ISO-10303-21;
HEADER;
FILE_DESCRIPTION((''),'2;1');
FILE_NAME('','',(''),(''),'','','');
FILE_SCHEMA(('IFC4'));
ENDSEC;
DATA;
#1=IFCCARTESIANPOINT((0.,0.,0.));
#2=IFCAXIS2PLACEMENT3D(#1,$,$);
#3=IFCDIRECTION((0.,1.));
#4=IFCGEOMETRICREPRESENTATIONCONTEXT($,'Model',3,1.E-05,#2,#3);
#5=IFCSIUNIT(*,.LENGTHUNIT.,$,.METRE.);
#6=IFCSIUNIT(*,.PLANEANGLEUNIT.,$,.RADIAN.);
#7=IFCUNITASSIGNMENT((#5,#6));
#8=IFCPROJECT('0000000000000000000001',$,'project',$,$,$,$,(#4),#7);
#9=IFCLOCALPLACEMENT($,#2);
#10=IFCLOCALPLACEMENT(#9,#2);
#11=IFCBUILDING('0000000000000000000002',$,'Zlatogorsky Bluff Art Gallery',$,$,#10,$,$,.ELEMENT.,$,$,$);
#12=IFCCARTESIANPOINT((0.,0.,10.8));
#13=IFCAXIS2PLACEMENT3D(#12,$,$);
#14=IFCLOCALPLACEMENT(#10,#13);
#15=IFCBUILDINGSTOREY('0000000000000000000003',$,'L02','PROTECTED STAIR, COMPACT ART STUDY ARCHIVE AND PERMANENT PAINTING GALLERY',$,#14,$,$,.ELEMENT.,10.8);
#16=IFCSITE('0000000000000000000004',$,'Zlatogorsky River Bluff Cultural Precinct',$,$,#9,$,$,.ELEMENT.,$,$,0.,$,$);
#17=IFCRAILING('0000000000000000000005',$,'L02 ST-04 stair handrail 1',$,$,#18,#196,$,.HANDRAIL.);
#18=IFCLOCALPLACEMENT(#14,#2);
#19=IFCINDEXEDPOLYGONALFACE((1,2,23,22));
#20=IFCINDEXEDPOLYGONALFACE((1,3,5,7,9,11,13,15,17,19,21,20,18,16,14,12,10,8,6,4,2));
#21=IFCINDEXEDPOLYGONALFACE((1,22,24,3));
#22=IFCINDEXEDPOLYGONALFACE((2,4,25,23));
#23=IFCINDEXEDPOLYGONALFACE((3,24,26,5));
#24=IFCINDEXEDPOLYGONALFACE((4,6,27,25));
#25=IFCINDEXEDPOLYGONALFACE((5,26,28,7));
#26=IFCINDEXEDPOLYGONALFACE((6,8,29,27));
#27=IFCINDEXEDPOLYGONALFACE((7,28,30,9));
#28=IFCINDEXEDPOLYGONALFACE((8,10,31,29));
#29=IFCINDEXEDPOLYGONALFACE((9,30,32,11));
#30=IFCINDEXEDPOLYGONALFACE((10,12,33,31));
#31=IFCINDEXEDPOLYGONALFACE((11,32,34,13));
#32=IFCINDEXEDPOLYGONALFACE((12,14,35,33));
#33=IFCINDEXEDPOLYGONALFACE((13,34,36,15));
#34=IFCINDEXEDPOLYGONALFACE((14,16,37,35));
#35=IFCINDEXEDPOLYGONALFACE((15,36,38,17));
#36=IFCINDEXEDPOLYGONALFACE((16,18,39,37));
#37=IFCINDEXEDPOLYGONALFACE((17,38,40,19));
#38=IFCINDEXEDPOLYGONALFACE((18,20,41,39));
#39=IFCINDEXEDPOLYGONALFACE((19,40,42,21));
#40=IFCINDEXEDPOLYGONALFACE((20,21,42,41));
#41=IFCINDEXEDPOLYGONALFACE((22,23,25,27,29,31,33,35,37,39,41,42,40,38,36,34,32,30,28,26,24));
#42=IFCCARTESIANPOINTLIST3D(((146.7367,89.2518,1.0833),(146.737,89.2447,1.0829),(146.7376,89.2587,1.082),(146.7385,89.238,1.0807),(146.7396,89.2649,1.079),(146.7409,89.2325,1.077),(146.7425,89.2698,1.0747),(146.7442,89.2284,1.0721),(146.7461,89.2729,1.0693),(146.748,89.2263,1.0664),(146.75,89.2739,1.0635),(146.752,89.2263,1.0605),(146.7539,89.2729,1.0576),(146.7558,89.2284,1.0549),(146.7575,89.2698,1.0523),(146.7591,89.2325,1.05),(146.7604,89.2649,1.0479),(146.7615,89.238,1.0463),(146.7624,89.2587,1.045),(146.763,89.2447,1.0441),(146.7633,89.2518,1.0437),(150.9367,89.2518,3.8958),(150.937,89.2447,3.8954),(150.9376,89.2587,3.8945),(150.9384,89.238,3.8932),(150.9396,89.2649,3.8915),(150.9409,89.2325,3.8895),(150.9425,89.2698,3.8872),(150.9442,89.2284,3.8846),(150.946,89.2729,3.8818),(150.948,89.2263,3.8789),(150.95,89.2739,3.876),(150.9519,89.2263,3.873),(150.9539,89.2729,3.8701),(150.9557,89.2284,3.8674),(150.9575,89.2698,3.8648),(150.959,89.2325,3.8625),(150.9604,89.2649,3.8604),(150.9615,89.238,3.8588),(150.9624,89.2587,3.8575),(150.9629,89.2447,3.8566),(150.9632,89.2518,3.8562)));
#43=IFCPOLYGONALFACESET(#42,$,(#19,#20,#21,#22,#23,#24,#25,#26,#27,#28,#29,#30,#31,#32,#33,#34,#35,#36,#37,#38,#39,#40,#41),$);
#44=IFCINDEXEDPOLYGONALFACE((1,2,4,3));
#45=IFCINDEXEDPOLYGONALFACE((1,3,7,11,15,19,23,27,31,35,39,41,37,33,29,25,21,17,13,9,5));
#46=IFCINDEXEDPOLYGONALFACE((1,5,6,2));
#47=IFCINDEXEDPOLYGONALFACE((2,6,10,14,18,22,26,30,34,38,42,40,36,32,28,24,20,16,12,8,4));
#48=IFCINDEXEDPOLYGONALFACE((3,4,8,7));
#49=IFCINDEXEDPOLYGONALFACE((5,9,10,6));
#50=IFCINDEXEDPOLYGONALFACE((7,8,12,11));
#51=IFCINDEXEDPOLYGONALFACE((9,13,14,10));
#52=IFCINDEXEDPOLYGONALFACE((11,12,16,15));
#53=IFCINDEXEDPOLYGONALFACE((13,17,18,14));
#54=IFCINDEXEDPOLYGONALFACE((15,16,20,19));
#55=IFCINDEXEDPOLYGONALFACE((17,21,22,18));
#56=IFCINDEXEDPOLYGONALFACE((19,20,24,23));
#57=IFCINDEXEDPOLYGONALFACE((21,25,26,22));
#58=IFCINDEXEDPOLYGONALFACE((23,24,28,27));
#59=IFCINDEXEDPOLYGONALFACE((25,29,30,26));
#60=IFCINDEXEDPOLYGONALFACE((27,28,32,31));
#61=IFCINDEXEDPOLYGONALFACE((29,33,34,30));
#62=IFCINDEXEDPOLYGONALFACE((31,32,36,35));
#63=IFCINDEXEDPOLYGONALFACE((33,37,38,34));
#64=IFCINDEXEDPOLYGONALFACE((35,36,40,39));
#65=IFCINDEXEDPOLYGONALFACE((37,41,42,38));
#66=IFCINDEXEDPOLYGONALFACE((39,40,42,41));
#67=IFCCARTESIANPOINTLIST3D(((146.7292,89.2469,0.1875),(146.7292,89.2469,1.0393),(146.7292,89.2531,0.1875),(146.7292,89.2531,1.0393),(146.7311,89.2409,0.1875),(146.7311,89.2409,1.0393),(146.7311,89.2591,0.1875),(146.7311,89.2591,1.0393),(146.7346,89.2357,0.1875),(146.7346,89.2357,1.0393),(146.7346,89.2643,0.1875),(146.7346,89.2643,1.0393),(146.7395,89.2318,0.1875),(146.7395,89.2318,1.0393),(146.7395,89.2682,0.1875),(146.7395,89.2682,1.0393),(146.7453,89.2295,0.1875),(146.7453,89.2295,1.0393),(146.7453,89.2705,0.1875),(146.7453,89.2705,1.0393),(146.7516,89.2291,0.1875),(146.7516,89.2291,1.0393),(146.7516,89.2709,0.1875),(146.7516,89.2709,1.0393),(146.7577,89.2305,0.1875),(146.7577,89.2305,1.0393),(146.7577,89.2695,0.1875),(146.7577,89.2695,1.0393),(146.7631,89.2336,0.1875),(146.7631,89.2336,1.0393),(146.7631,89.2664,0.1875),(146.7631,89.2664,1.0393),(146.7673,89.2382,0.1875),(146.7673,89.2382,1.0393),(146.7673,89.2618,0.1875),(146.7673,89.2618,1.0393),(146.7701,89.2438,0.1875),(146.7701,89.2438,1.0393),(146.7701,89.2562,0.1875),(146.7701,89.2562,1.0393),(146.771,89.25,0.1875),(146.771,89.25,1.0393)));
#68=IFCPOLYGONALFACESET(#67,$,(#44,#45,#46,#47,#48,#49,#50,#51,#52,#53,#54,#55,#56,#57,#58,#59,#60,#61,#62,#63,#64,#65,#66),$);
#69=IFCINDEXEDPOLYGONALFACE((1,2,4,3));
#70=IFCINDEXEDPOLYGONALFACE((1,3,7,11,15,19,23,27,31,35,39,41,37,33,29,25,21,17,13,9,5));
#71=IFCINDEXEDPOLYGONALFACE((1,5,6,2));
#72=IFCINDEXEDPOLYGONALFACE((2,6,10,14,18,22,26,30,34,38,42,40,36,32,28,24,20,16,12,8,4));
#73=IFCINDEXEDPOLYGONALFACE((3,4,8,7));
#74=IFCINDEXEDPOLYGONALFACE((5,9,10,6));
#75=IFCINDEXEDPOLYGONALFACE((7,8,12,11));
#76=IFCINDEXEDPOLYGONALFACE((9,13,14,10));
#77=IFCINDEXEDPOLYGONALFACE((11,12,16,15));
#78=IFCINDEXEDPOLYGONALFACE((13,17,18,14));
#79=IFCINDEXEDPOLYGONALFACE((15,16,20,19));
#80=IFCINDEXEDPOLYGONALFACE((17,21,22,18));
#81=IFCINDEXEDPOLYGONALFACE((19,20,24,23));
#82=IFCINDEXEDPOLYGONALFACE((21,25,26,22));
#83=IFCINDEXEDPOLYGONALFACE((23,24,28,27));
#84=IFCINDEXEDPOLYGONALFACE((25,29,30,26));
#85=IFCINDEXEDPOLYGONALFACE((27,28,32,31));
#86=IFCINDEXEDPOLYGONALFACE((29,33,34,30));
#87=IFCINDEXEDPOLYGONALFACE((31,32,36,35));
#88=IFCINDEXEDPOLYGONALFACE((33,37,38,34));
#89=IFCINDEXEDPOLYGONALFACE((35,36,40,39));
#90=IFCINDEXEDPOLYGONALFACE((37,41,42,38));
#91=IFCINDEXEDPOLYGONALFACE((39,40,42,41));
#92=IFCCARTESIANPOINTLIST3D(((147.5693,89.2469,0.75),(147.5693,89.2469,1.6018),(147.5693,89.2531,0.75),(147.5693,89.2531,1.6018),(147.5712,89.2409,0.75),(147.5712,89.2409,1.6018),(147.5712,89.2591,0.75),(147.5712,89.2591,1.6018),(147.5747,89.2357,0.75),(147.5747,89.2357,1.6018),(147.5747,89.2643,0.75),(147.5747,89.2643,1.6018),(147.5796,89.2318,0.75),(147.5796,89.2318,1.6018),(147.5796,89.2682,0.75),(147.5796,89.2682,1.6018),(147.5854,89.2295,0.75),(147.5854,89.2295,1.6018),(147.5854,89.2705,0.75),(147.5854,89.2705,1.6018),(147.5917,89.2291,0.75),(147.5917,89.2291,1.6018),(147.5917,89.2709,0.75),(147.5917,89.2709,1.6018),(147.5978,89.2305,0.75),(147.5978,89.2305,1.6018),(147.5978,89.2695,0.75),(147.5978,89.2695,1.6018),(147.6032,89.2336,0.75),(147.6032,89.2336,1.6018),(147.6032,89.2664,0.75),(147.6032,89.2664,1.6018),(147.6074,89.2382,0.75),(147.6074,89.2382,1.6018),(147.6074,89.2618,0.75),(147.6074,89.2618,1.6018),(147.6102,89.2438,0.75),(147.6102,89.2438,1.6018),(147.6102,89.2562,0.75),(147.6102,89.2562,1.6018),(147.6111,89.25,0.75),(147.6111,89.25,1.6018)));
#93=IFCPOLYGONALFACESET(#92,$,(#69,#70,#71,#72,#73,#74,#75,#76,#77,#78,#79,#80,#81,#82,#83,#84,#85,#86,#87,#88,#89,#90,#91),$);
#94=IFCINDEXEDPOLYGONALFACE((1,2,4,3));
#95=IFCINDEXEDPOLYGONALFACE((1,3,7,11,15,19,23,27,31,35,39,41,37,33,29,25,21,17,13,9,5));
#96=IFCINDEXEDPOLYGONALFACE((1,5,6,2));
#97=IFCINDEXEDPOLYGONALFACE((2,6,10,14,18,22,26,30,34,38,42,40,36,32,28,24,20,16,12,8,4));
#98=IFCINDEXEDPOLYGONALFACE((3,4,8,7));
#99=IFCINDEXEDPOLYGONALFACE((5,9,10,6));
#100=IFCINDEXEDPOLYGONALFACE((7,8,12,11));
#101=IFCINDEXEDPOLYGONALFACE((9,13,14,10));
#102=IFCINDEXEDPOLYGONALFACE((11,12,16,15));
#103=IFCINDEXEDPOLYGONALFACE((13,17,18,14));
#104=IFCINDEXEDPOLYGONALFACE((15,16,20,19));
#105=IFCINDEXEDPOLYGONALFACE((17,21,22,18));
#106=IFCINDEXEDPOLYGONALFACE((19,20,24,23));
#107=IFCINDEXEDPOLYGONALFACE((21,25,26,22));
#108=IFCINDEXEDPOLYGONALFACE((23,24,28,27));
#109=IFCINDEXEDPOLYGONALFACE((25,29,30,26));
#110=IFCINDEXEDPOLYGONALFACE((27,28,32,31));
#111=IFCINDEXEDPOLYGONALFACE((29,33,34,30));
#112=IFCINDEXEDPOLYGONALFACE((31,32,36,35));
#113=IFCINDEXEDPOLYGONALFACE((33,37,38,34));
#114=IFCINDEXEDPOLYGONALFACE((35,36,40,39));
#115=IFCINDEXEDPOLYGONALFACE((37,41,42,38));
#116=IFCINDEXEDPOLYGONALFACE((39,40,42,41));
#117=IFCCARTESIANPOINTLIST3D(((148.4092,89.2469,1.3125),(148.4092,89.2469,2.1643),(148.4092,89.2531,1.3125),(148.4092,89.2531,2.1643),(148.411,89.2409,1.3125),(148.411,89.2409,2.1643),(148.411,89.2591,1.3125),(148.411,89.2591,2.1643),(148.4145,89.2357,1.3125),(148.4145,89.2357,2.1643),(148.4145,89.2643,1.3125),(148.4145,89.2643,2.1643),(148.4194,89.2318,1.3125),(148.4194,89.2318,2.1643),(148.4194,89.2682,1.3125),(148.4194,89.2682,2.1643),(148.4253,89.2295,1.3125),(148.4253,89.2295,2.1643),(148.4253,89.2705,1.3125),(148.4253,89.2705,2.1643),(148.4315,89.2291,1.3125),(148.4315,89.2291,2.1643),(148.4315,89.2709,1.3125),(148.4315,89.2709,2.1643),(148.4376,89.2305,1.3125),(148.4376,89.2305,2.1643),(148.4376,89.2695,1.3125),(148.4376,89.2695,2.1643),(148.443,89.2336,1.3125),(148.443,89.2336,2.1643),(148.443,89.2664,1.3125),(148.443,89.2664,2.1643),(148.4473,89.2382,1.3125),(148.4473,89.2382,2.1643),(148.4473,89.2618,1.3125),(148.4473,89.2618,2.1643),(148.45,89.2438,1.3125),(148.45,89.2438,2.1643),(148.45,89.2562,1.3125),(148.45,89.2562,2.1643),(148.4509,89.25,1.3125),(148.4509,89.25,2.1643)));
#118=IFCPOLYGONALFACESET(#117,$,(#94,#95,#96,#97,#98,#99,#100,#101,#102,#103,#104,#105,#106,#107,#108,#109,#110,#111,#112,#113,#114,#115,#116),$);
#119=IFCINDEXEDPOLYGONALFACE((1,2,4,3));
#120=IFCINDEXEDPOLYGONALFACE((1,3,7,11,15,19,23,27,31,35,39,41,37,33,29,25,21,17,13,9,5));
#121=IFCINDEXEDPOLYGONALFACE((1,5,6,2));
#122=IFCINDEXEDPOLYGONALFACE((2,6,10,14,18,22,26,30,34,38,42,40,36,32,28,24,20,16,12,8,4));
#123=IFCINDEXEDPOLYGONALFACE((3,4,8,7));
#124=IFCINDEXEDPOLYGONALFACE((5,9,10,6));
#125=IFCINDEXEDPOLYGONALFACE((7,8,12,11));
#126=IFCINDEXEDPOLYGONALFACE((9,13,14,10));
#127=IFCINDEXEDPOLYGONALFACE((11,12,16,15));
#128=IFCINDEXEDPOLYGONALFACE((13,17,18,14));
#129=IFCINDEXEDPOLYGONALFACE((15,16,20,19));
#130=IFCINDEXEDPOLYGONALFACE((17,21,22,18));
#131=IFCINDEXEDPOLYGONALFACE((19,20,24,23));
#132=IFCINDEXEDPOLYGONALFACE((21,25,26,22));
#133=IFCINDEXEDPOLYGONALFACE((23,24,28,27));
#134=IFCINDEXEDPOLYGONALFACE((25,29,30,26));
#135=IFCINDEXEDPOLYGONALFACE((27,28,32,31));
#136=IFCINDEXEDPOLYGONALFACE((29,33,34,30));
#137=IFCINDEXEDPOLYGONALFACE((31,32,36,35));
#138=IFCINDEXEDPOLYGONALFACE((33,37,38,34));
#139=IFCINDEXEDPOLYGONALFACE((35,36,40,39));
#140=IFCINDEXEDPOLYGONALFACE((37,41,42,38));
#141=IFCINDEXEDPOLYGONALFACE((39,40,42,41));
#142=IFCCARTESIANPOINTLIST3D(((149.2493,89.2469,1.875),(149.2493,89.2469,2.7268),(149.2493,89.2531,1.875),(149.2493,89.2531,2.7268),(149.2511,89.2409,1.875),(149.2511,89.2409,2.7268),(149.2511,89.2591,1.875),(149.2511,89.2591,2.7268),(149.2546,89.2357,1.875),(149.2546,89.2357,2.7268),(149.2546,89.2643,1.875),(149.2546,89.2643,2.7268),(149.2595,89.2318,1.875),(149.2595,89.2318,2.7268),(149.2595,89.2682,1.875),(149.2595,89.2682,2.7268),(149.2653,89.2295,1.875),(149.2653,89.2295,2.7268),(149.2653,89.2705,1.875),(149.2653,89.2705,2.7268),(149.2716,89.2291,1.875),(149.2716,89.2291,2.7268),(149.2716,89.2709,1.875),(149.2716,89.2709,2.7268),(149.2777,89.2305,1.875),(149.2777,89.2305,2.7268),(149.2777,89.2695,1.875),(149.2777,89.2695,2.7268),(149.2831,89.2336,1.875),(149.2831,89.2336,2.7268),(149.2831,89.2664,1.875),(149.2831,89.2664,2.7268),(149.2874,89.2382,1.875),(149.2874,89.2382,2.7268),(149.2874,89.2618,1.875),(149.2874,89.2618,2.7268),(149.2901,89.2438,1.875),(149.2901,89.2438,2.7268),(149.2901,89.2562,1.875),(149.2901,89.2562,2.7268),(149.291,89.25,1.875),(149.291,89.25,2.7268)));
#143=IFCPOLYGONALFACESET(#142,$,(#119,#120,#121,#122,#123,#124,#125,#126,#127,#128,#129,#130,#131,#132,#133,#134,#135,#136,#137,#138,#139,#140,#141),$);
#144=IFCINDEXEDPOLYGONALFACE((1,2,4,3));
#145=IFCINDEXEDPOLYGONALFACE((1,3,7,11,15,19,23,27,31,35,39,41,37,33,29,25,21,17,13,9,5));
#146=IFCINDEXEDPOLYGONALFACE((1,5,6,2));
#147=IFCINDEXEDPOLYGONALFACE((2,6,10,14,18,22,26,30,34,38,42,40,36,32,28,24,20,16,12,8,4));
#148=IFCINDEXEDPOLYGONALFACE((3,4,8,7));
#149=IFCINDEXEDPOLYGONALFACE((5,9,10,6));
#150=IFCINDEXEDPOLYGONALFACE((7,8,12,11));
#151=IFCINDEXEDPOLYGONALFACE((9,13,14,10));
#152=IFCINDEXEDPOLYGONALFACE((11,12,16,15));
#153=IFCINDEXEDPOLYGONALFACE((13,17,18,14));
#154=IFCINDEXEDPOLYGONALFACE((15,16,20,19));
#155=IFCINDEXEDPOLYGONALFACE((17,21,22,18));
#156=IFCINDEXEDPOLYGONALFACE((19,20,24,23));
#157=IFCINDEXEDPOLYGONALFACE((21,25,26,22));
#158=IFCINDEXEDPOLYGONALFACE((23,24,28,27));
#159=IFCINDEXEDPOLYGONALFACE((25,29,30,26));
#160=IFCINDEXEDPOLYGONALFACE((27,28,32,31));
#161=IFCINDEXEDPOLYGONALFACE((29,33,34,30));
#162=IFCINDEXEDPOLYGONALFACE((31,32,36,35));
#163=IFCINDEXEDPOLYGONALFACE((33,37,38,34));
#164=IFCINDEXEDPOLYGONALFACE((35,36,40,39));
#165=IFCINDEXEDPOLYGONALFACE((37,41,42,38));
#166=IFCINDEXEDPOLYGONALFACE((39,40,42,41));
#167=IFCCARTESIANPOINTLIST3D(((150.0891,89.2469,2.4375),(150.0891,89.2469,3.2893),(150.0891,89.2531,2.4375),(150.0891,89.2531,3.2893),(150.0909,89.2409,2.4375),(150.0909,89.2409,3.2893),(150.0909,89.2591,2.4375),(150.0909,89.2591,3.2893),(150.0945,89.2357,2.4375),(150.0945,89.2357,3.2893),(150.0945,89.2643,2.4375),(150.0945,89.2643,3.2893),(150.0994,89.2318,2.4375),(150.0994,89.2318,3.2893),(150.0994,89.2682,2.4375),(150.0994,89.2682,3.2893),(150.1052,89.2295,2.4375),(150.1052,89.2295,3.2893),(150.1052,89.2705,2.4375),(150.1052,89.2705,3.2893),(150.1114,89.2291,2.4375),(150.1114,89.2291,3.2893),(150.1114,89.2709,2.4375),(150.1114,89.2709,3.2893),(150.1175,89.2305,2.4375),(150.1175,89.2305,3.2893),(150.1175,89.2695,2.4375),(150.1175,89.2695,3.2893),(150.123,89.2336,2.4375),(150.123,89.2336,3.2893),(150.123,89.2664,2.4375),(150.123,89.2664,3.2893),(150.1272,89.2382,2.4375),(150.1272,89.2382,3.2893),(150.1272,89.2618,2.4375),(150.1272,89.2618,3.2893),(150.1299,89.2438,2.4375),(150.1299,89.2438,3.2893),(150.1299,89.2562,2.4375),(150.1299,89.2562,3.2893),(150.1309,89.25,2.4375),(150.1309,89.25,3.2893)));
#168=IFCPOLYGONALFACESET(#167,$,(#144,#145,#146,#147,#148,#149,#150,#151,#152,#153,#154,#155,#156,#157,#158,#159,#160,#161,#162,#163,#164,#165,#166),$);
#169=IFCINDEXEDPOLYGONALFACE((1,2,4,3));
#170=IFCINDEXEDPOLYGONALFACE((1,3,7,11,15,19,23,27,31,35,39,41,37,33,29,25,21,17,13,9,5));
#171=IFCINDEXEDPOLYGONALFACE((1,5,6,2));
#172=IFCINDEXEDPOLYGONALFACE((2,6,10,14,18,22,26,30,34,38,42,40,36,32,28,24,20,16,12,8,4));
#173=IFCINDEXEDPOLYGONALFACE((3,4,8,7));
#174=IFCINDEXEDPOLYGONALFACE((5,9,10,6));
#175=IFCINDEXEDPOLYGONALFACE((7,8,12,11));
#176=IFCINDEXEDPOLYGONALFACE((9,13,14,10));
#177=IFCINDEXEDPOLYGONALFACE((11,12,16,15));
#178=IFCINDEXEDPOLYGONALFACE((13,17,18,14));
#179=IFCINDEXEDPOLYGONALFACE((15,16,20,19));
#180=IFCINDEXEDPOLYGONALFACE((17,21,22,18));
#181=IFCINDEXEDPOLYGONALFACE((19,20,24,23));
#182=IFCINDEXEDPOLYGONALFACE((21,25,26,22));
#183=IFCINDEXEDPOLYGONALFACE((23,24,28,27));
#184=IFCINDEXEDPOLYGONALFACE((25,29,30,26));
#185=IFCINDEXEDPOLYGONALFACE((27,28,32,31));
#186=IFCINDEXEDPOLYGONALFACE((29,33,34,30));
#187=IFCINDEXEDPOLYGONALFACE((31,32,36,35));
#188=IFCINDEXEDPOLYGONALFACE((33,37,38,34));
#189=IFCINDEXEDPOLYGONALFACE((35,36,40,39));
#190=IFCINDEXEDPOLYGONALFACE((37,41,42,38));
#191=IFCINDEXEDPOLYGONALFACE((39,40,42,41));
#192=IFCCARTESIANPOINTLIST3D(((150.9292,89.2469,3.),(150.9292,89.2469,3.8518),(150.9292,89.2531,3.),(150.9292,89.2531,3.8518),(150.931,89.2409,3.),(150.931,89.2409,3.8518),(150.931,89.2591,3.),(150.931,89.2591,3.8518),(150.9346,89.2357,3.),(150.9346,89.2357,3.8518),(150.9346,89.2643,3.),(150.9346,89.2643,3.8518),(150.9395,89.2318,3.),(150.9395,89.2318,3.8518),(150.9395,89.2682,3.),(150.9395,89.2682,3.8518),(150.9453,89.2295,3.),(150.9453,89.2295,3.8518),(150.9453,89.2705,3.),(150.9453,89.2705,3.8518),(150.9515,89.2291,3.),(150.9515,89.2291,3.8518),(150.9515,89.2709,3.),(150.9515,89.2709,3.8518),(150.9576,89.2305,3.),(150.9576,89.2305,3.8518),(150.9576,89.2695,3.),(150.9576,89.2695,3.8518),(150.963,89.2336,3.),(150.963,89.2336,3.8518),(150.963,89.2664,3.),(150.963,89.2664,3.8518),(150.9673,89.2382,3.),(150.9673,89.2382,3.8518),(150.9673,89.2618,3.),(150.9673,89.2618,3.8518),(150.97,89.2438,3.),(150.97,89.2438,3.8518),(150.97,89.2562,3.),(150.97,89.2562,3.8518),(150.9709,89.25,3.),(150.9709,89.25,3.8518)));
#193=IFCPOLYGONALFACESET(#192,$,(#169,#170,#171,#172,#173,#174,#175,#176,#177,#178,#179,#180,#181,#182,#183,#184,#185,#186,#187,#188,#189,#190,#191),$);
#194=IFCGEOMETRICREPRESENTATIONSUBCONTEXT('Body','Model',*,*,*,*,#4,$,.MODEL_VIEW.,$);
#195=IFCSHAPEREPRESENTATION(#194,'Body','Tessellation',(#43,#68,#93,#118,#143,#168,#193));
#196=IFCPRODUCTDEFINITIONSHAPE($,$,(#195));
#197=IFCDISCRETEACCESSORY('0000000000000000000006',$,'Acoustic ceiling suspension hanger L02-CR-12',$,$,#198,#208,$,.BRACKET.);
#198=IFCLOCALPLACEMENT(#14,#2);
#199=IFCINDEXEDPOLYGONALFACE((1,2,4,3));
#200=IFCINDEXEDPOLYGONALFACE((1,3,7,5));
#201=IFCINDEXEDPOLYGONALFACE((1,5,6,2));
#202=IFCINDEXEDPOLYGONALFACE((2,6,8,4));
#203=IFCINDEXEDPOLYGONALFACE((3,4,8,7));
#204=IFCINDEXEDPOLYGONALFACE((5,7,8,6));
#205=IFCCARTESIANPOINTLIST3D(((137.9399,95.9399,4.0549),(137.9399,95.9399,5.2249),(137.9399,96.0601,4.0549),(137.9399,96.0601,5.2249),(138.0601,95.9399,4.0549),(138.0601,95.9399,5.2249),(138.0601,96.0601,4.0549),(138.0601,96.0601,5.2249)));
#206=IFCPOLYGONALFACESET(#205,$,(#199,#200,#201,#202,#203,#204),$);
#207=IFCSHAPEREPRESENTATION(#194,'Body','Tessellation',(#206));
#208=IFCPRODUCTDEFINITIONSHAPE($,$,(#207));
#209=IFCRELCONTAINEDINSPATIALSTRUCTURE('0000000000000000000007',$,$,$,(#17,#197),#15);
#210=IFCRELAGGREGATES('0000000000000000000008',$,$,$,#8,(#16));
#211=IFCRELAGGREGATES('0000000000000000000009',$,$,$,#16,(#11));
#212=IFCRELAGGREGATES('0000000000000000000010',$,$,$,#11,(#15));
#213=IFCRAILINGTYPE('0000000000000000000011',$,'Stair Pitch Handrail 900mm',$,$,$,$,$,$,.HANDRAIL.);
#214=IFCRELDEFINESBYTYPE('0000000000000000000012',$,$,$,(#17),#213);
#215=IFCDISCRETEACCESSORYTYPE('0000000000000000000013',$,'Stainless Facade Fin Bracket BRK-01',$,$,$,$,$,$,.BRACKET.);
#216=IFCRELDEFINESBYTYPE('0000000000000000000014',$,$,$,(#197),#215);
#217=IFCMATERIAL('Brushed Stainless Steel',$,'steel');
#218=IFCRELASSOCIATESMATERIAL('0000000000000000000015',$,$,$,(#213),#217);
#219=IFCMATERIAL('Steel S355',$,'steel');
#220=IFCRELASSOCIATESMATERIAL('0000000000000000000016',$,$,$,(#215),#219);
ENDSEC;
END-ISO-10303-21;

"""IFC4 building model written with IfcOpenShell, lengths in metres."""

from ifc_helpers import new_model, si_unit, direction, frame, origin, origin_2d, place, context, subcontext, project, spatial, rectangle, circle, extrude, material, type_object, element, save


model = new_model("IFC4")

# Units and contexts
model_context = context("Model", 3, precision=1e-05, world=origin(), true_north=direction((0.0, 1.0)))
body_context = subcontext(model_context, "Body", "Model", "MODEL_VIEW")
ifc_project = project(units=[si_unit("LENGTHUNIT", "METRE"), si_unit("PLANEANGLEUNIT", "RADIAN")], contexts=[model_context])

# Site, building, storey
site_placement = place(None, origin())
site = spatial("IfcSite", under=ifc_project, at=site_placement, Name="Zlatogorsky River Bluff Cultural Precinct", CompositionType="ELEMENT", RefElevation=0.0)
building_placement = place(site_placement, origin())
building = spatial("IfcBuilding", under=site, at=building_placement, Name="Zlatogorsky Bluff Art Gallery", CompositionType="ELEMENT")
storey_placement = place(building_placement, frame((0.0, 0.0, 10.8)))
storey = spatial("IfcBuildingStorey", under=building, at=storey_placement, Name="L02", Description="PROTECTED STAIR, COMPACT ART STUDY ARCHIVE AND PERMANENT PAINTING GALLERY", CompositionType="ELEMENT", Elevation=10.8)

# Shared definitions
ifc_material_1 = material(Name="Steel S355", Category="steel")

# Railing
ifc_material_2 = material(Name="Brushed Stainless Steel", Category="steel")
railing_type_1 = type_object("IfcRailingType", Name="Stair Pitch Handrail 900mm", PredefinedType="HANDRAIL", material=ifc_material_2)
railing_1_placement = place(storey_placement, frame((146.75, 89.25, 0.1875)))
element("IfcRailing", 1, at=railing_1_placement, inside=storey, type_object=railing_type_1, Name="L02 ST-04 stair handrail 1", PredefinedType="HANDRAIL", context=body_context, shape_type="SweptSolid", body=[
    extrude(circle(Radius=0.0239, at=origin_2d()), frame((0.0, 0.0, 0.876), z_axis=(0.830904, 0.0, 0.556416), x_axis=(0.0, 1.0, 0.0)), (0.0, 0.0, 1.0), 5.0547),
    extrude(circle(Radius=0.021, at=origin_2d()), origin(), (0.0, 0.0, 1.0), 0.8518),
    extrude(circle(Radius=0.021, at=origin_2d()), frame((0.8401, 0.0, 0.5625)), (0.0, 0.0, 1.0), 0.8518),
    extrude(circle(Radius=0.021, at=origin_2d()), frame((1.6799, 0.0, 1.125)), (0.0, 0.0, 1.0), 0.8518),
    extrude(circle(Radius=0.021, at=origin_2d()), frame((2.52, 0.0, 1.6875)), (0.0, 0.0, 1.0), 0.8518),
    extrude(circle(Radius=0.021, at=origin_2d()), frame((3.3599, 0.0, 2.25)), (0.0, 0.0, 1.0), 0.8518),
    extrude(circle(Radius=0.021, at=origin_2d()), frame((4.2, 0.0, 2.8125)), (0.0, 0.0, 1.0), 0.8518),
])

# Discrete accessory
discrete_accessory_type = type_object("IfcDiscreteAccessoryType", Name="Stainless Facade Fin Bracket BRK-01", PredefinedType="BRACKET", material=ifc_material_1)
discrete_accessory_placement = place(storey_placement, frame((138.0, 96.0, 4.0549), z_axis=(0.0, 0.0, 1.0), x_axis=(1.0, 0.0, 0.0)))
element("IfcDiscreteAccessory", 2, at=discrete_accessory_placement, inside=storey, type_object=discrete_accessory_type, Name="Acoustic ceiling suspension hanger L02-CR-12", PredefinedType="BRACKET", context=body_context, shape_type="SweptSolid", body=[
    extrude(rectangle(XDim=0.1201, YDim=0.1201, at=origin_2d()), origin(), (0.0, 0.0, 1.0), 1.1699),
])

save(model, "model.ifc")
